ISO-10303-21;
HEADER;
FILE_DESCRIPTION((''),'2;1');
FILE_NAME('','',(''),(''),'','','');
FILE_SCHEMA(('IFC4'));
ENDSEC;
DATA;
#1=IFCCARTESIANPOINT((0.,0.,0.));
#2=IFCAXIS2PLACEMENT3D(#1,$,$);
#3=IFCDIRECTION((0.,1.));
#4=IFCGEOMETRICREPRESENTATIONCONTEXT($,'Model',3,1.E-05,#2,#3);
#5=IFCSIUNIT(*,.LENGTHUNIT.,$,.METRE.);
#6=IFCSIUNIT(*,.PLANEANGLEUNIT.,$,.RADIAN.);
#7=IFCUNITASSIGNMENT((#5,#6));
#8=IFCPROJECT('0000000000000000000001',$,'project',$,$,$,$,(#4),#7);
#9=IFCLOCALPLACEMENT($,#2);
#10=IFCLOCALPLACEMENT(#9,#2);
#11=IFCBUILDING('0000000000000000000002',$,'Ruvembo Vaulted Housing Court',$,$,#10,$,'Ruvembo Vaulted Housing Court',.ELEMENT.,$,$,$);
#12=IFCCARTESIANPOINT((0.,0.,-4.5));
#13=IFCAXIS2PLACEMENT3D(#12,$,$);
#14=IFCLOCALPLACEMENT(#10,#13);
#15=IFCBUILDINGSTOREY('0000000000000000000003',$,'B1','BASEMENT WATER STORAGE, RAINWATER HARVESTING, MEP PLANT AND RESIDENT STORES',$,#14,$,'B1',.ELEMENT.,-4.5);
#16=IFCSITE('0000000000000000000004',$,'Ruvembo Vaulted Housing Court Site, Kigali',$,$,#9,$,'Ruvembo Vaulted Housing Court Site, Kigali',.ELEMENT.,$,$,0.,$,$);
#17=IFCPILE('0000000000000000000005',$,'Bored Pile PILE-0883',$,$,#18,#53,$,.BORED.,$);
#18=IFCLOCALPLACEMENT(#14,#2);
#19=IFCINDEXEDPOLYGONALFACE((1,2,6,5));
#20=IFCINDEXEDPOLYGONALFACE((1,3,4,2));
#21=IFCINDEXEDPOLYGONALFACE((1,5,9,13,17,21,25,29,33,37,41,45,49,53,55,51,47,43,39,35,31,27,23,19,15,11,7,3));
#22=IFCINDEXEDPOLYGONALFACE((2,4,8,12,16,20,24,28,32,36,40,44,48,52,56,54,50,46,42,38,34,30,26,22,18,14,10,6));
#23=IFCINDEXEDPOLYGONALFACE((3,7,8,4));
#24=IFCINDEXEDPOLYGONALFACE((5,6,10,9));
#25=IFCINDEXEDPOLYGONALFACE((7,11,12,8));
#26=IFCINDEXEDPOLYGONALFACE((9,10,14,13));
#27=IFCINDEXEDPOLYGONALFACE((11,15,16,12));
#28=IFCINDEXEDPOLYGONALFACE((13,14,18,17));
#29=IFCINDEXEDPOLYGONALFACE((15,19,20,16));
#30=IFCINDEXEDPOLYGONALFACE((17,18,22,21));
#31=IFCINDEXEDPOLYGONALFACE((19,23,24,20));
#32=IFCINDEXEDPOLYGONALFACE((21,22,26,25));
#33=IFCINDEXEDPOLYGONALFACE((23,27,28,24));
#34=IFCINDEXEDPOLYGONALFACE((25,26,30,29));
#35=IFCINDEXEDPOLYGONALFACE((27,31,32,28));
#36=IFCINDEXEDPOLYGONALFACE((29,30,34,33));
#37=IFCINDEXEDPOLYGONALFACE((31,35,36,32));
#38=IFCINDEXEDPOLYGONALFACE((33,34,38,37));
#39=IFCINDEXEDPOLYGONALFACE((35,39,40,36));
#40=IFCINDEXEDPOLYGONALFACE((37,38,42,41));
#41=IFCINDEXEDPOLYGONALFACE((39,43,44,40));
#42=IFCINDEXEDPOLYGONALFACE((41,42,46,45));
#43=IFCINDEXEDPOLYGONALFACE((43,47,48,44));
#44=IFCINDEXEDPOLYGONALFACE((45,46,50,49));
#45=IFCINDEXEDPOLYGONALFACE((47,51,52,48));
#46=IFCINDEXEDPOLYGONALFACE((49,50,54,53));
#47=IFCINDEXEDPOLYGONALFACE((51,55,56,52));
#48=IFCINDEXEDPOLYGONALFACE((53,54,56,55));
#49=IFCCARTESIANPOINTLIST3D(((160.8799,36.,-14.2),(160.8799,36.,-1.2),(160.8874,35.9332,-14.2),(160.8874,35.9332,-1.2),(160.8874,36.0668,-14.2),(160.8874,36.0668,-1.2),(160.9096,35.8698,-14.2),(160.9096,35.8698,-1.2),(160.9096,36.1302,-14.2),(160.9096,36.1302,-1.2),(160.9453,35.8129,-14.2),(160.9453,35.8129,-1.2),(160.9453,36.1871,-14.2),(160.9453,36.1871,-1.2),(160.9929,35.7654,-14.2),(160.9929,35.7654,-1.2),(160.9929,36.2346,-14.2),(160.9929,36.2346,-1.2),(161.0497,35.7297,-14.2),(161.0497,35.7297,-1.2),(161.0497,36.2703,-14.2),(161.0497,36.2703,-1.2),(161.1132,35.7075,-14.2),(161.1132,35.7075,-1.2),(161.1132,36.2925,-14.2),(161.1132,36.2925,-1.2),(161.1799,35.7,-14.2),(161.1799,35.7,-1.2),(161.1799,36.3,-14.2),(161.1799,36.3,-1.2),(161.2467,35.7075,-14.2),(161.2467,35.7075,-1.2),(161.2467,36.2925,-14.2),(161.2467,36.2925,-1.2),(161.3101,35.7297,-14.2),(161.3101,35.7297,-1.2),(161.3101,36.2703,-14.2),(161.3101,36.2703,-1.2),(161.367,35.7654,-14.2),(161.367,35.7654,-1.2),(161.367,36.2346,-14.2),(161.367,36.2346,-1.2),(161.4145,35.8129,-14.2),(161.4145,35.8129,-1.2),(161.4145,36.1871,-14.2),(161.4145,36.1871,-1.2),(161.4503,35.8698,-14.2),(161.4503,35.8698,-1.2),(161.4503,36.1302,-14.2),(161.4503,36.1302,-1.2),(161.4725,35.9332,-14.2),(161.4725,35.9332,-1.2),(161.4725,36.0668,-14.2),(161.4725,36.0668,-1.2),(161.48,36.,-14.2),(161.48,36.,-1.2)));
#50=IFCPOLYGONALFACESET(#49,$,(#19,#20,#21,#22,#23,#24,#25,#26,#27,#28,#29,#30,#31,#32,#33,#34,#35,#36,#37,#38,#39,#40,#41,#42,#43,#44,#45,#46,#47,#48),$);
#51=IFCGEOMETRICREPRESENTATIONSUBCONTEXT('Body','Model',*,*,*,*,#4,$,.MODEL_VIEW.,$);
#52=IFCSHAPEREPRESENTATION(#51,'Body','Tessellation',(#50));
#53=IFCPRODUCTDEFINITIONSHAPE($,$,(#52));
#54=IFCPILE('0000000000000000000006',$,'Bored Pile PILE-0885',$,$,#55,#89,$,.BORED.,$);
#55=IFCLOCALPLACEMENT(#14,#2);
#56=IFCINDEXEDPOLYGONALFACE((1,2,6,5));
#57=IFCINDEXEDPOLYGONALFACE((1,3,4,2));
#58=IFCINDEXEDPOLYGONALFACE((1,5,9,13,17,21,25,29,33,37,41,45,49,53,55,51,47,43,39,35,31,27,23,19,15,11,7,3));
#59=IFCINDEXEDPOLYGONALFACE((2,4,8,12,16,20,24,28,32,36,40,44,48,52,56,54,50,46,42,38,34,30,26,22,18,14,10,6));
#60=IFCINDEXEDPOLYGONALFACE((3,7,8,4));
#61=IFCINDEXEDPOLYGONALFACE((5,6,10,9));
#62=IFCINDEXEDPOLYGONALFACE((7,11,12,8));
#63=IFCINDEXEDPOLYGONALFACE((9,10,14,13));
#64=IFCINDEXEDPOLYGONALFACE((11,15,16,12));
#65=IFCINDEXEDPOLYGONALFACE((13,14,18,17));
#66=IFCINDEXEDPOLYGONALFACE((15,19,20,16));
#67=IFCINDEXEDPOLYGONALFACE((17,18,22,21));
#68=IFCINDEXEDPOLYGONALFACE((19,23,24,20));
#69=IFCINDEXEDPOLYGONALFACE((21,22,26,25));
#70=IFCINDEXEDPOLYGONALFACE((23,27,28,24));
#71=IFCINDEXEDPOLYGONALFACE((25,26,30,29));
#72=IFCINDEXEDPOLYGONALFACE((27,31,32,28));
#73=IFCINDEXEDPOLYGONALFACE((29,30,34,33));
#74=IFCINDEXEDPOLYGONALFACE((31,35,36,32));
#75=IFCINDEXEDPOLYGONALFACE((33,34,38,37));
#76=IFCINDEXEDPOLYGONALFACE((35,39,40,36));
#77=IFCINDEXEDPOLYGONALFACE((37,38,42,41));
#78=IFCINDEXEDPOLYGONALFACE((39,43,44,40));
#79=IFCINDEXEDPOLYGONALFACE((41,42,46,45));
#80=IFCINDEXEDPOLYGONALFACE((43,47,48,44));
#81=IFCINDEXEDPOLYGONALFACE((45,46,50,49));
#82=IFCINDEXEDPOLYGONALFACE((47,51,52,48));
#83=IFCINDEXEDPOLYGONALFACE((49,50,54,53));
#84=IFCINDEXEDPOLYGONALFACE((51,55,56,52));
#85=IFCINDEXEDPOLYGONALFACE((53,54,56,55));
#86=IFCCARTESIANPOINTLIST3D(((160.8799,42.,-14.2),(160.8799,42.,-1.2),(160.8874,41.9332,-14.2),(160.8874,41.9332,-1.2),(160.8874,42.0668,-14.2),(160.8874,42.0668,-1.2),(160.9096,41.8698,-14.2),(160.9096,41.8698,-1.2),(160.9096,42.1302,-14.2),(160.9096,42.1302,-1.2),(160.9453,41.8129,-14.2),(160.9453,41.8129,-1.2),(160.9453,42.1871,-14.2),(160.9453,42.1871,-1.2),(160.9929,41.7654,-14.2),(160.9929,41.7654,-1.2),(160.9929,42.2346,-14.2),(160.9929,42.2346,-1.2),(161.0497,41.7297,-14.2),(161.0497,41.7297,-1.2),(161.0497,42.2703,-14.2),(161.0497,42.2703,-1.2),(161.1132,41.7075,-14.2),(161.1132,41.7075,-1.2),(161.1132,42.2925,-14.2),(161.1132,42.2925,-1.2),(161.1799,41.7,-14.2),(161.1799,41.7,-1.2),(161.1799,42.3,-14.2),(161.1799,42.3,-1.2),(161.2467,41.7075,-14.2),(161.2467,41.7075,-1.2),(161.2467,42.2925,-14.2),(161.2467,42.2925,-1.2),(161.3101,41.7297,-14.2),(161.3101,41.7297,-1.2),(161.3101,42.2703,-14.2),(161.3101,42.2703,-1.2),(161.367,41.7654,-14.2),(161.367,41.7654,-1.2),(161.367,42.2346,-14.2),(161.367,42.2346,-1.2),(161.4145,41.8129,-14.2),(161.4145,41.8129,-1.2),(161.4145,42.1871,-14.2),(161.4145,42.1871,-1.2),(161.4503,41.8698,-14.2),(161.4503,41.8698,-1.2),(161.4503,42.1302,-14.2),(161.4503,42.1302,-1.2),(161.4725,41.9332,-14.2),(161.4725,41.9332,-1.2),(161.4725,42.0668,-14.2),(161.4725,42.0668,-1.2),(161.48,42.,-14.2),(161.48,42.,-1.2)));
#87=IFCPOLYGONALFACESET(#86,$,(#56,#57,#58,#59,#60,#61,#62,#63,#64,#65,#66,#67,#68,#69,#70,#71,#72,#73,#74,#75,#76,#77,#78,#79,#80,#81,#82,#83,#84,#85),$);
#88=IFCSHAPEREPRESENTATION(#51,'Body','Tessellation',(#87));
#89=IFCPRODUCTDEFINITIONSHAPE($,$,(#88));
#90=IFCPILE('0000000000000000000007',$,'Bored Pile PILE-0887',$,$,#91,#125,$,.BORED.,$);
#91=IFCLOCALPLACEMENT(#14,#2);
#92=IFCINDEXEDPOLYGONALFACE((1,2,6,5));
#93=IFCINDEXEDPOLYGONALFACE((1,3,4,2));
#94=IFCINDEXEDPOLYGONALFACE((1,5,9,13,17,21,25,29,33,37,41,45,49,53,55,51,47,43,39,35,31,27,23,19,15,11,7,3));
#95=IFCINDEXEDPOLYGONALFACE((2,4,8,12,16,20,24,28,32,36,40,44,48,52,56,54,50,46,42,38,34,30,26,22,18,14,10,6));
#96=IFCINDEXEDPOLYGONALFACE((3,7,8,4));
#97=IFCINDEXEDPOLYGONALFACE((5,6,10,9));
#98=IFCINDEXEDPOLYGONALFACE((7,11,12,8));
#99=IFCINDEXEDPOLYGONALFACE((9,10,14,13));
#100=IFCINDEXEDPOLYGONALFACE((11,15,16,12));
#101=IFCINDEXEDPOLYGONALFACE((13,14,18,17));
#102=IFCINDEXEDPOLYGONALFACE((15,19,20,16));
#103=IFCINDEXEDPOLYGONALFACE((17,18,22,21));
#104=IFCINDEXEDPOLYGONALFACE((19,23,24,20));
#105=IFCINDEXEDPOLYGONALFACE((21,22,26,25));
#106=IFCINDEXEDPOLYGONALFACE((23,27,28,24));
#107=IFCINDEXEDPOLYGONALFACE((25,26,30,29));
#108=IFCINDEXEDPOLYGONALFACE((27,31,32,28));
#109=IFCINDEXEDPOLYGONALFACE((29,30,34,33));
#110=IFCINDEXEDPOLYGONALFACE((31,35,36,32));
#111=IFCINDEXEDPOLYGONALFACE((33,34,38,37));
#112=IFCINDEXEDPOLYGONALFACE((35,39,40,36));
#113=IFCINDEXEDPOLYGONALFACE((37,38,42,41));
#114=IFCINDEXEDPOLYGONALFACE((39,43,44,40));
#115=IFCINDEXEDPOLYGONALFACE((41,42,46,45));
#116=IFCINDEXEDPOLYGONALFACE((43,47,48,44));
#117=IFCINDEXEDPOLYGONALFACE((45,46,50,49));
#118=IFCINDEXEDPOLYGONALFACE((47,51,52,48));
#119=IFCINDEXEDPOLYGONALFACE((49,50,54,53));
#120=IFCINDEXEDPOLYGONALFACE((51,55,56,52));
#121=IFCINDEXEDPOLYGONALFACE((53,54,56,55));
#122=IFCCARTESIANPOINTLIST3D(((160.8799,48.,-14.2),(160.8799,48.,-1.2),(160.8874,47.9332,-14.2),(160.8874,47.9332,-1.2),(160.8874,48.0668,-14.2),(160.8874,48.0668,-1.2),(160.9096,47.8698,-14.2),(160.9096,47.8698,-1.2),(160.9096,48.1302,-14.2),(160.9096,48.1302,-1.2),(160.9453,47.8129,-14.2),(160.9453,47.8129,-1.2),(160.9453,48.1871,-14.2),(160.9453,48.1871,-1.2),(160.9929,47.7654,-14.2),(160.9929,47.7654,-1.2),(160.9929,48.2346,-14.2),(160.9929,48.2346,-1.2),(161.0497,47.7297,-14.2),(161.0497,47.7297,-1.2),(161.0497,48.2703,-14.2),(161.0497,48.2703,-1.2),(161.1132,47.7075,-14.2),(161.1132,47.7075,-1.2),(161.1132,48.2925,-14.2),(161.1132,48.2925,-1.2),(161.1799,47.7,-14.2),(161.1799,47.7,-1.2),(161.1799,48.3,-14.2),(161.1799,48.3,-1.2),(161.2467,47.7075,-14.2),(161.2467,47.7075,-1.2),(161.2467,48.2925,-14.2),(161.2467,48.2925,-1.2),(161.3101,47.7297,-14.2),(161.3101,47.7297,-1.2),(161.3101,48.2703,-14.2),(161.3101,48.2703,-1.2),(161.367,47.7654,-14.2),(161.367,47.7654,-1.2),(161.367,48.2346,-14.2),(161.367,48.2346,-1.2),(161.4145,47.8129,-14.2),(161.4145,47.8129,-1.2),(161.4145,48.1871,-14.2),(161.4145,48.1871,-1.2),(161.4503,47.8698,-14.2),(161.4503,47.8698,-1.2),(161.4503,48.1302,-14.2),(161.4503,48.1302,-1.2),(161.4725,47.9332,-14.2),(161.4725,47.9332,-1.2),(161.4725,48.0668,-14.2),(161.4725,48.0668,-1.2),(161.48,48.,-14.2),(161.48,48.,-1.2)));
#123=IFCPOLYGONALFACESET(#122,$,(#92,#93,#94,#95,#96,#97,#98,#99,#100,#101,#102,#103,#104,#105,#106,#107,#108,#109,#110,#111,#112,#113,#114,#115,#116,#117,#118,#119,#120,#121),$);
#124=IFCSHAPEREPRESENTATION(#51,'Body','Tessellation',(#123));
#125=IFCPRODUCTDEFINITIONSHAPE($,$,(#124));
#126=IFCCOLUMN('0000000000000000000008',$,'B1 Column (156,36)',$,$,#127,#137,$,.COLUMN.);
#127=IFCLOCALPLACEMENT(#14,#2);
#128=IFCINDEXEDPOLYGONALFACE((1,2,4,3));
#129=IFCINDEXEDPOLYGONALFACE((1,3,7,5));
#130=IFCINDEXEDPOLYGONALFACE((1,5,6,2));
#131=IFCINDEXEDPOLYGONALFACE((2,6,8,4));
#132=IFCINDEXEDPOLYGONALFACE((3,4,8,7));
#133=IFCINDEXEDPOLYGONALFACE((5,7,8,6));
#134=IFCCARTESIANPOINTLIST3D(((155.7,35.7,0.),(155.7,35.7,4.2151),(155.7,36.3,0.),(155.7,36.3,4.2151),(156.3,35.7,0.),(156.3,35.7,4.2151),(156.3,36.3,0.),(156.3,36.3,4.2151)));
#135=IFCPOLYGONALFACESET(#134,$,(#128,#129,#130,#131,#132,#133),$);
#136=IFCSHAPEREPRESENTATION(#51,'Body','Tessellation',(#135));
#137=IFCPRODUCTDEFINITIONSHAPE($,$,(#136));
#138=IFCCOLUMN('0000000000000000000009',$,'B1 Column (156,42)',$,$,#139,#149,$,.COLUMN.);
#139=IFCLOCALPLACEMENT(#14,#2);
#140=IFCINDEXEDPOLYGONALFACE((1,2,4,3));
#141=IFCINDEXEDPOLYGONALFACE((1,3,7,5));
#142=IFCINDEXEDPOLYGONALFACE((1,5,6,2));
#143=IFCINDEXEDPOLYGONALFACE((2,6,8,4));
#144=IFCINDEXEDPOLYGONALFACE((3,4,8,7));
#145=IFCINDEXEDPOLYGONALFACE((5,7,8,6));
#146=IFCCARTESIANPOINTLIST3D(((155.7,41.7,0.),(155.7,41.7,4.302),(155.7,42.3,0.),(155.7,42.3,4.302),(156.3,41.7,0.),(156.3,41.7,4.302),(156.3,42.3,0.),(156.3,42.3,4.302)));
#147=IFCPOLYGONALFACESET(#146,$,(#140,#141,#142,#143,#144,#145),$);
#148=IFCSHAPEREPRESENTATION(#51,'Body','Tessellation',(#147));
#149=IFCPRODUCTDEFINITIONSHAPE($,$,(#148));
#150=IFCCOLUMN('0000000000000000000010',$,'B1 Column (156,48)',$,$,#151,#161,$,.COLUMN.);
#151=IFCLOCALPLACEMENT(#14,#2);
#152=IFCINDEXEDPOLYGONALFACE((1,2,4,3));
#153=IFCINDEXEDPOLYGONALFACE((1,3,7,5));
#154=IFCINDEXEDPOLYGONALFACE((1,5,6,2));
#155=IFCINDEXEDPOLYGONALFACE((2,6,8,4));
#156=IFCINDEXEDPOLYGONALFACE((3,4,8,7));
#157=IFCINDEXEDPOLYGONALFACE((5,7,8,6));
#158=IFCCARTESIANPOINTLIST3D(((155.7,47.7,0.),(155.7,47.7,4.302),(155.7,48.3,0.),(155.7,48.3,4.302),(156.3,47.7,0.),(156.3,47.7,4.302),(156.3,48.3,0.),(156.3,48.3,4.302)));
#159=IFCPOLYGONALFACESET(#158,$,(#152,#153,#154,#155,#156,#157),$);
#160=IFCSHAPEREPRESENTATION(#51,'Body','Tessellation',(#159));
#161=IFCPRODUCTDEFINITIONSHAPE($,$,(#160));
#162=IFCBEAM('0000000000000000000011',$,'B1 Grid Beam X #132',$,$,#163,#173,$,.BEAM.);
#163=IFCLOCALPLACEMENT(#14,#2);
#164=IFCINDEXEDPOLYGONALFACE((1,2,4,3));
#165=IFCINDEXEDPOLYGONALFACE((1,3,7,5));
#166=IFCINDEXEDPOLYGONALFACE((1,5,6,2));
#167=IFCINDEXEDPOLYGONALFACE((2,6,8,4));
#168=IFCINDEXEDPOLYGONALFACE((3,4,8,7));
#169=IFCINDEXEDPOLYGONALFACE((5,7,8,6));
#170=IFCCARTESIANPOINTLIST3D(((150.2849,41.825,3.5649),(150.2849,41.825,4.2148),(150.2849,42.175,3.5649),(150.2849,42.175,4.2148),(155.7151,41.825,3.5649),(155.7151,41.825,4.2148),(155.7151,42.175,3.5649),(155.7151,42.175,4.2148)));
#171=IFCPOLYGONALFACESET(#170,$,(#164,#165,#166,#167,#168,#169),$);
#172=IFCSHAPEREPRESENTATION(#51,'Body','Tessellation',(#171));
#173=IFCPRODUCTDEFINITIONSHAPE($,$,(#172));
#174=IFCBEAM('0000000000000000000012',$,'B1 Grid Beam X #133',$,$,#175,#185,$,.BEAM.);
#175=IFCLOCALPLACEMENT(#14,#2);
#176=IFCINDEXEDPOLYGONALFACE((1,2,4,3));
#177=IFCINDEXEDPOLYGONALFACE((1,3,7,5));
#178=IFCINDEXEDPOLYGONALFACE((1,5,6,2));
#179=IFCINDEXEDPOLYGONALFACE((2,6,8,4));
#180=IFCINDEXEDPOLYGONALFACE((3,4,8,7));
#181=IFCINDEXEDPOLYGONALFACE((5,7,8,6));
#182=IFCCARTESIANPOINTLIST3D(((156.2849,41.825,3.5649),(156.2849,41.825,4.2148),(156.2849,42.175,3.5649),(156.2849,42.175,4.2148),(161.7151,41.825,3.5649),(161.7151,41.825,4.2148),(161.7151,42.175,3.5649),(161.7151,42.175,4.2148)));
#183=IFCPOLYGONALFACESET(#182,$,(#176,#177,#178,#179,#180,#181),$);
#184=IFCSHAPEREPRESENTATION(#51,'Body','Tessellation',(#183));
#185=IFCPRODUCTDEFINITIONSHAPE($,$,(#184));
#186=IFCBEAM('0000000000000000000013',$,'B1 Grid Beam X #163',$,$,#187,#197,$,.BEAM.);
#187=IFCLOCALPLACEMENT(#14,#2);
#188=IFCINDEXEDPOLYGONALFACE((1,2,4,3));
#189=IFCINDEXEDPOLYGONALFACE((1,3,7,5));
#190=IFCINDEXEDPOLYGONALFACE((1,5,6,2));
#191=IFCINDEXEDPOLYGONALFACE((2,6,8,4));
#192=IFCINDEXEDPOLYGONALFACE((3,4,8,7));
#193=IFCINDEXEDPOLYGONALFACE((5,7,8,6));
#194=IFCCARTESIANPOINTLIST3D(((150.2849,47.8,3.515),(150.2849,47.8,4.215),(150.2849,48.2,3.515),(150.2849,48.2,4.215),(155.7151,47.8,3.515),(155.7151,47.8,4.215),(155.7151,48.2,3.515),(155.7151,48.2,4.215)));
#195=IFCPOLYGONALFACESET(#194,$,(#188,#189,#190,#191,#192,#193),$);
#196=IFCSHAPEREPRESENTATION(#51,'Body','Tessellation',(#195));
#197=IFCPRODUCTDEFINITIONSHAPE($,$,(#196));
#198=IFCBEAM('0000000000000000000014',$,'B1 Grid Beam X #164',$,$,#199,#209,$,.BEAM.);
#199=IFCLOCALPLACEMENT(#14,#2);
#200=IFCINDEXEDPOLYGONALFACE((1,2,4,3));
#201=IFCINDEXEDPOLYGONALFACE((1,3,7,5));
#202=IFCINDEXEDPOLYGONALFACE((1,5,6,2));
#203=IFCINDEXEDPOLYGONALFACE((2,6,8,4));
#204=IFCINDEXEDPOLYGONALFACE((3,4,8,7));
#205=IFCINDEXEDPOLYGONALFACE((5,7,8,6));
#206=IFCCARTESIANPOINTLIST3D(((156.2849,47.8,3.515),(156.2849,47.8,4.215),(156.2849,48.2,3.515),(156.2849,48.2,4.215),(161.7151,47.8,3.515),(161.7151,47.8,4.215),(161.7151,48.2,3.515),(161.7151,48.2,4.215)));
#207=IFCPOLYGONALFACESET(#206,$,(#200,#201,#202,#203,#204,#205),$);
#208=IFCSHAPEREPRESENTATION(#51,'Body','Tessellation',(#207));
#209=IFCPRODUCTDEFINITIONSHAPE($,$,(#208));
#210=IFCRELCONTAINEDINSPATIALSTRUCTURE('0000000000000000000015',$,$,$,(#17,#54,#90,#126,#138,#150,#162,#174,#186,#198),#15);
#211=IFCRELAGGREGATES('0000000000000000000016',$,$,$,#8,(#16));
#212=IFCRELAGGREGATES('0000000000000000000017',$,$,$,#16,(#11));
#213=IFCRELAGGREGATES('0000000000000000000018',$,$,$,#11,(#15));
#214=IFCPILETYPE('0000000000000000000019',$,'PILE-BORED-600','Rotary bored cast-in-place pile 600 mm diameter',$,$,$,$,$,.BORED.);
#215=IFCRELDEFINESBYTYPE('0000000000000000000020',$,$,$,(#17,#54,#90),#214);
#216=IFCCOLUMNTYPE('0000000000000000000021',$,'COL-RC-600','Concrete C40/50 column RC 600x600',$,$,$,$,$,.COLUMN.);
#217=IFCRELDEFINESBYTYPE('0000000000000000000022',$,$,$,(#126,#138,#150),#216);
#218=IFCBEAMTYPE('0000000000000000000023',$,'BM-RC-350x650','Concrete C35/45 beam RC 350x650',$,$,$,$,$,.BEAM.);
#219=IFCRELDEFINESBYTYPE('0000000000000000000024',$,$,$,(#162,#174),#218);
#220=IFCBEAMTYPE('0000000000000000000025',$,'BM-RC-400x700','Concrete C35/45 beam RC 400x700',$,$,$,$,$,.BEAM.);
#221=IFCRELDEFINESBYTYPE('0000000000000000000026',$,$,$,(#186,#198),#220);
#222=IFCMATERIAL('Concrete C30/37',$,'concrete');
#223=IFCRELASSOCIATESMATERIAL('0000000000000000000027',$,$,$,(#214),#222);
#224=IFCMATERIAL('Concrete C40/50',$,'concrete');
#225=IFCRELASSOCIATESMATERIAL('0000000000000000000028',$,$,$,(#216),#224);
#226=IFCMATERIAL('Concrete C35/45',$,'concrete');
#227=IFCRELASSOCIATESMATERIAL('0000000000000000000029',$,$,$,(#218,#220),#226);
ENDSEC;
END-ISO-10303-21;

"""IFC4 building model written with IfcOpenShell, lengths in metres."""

from ifc_helpers import new_model, si_unit, direction, frame, origin, origin_2d, place, context, subcontext, project, spatial, rectangle, circle, extrude, material, material_profile, profile_set, type_object, element, save


model = new_model("IFC4")

# Units and contexts
model_context = context("Model", 3, precision=1e-05, world=origin(), true_north=direction((0.0, 1.0)))
body_context = subcontext(model_context, "Body", "Model", "MODEL_VIEW")
ifc_project = project(units=[si_unit("LENGTHUNIT", "METRE"), si_unit("PLANEANGLEUNIT", "RADIAN")], contexts=[model_context])

# Site, building, storey
site_placement = place(None, origin())
site = spatial("IfcSite", under=ifc_project, at=site_placement, Name="Ruvembo Vaulted Housing Court Site, Kigali", LongName="Ruvembo Vaulted Housing Court Site, Kigali", CompositionType="ELEMENT", RefElevation=0.0)
building_placement = place(site_placement, origin())
building = spatial("IfcBuilding", under=site, at=building_placement, Name="Ruvembo Vaulted Housing Court", LongName="Ruvembo Vaulted Housing Court", CompositionType="ELEMENT")
storey_placement = place(building_placement, frame((0.0, 0.0, -4.5)))
storey = spatial("IfcBuildingStorey", under=building, at=storey_placement, Name="B1", Description="BASEMENT WATER STORAGE, RAINWATER HARVESTING, MEP PLANT AND RESIDENT STORES", LongName="B1", CompositionType="ELEMENT", Elevation=-4.5)

# Shared definitions
ifc_material_1 = material(Name="Concrete C35/45", Category="concrete")

# Piles
ifc_material_2 = material(Name="Concrete C30/37", Category="concrete")
ifc_material_profile_1 = material_profile(ifc_material_2, circle(Radius=0.3, at=origin_2d()), Name="PILE D600")
ifc_profile_set_1 = profile_set([ifc_material_profile_1], Name="Concrete C30/37")
pile_type = type_object("IfcPileType", Name="PILE-BORED-600", Description="Rotary bored cast-in-place pile 600 mm diameter", PredefinedType="BORED", material=ifc_profile_set_1)
for number, where, z_axis, x_axis, name in (
    (1, (161.1799, 36.0, -1.2), (0.0, 0.0, -1.0), (1.0, 0.0, 0.0), "Bored Pile PILE-0883"),
    (2, (161.1799, 42.0, -1.2), (0.0, 0.0, -1.0), (1.0, 0.0, 0.0), "Bored Pile PILE-0885"),
    (3, (161.1799, 48.0, -1.2), (0.0, 0.0, -1.0), (1.0, 0.0, 0.0), "Bored Pile PILE-0887"),
):
    element("IfcPile", number, at=place(storey_placement, frame(where, z_axis=z_axis, x_axis=x_axis)), inside=storey, type_object=pile_type, Name=name, PredefinedType="BORED", context=body_context, shape_type="SweptSolid", body=[
        extrude(circle(Radius=0.3, at=origin_2d()), origin(), (0.0, 0.0, 1.0), 13.0),
    ])

# Columns
ifc_material_3 = material(Name="Concrete C40/50", Category="concrete")
ifc_material_profile_2 = material_profile(ifc_material_3, rectangle(XDim=0.6001, YDim=0.6001, at=origin_2d()), Name="RC 600x600")
ifc_profile_set_2 = profile_set([ifc_material_profile_2], Name="Concrete C40/50")
column_type = type_object("IfcColumnType", Name="COL-RC-600", Description="Concrete C40/50 column RC 600x600", PredefinedType="COLUMN", material=ifc_profile_set_2)
column_placement = place(storey_placement, frame((156.0, 36.0, 0.0), z_axis=(0.0, 0.0, 1.0), x_axis=(1.0, 0.0, 0.0)))
element("IfcColumn", 4, at=column_placement, inside=storey, type_object=column_type, Name="B1 Column (156,36)", PredefinedType="COLUMN", context=body_context, shape_type="SweptSolid", body=[
    extrude(rectangle(XDim=0.6001, YDim=0.6001, at=origin_2d()), origin(), (0.0, 0.0, 1.0), 4.2151),
])
for number, where, z_axis, x_axis, name in (
    (5, (156.0, 42.0, 0.0), (0.0, 0.0, 1.0), (1.0, 0.0, 0.0), "B1 Column (156,42)"),
    (6, (156.0, 48.0, 0.0), (0.0, 0.0, 1.0), (1.0, 0.0, 0.0), "B1 Column (156,48)"),
):
    element("IfcColumn", number, at=place(storey_placement, frame(where, z_axis=z_axis, x_axis=x_axis)), inside=storey, type_object=column_type, Name=name, PredefinedType="COLUMN", context=body_context, shape_type="SweptSolid", body=[
        extrude(rectangle(XDim=0.6001, YDim=0.6001, at=origin_2d()), origin(), (0.0, 0.0, 1.0), 4.302),
    ])

# Beams
ifc_material_profile_3 = material_profile(ifc_material_1, rectangle(XDim=0.3501, YDim=0.6499, at=origin_2d()), Name="RC 350x650")
ifc_profile_set_3 = profile_set([ifc_material_profile_3], Name="Concrete C35/45")
beam_type_1 = type_object("IfcBeamType", Name="BM-RC-350x650", Description="Concrete C35/45 beam RC 350x650", PredefinedType="BEAM", material=ifc_profile_set_3)
for number, where, z_axis, x_axis, name in (
    (7, (150.2849, 42.0, 3.8899), (1.0, 0.0, 0.0), (0.0, 1.0, 0.0), "B1 Grid Beam X #132"),
    (8, (156.2849, 42.0, 3.8899), (1.0, 0.0, 0.0), (0.0, 1.0, 0.0), "B1 Grid Beam X #133"),
):
    element("IfcBeam", number, at=place(storey_placement, frame(where, z_axis=z_axis, x_axis=x_axis)), inside=storey, type_object=beam_type_1, Name=name, PredefinedType="BEAM", context=body_context, shape_type="SweptSolid", body=[
        extrude(rectangle(XDim=0.3501, YDim=0.6499, at=origin_2d()), origin(), (0.0, 0.0, 1.0), 5.4302),
    ])
ifc_material_profile_4 = material_profile(ifc_material_1, rectangle(XDim=0.3999, YDim=0.7, at=origin_2d()), Name="RC 400x700")
ifc_profile_set_4 = profile_set([ifc_material_profile_4], Name="Concrete C35/45")
beam_type_2 = type_object("IfcBeamType", Name="BM-RC-400x700", Description="Concrete C35/45 beam RC 400x700", PredefinedType="BEAM", material=ifc_profile_set_4)
for number, where, z_axis, x_axis, name in (
    (9, (150.2849, 48.0, 3.865), (1.0, 0.0, 0.0), (0.0, 1.0, 0.0), "B1 Grid Beam X #163"),
    (10, (156.2849, 48.0, 3.865), (1.0, 0.0, 0.0), (0.0, 1.0, 0.0), "B1 Grid Beam X #164"),
):
    element("IfcBeam", number, at=place(storey_placement, frame(where, z_axis=z_axis, x_axis=x_axis)), inside=storey, type_object=beam_type_2, Name=name, PredefinedType="BEAM", context=body_context, shape_type="SweptSolid", body=[
        extrude(rectangle(XDim=0.3999, YDim=0.7, at=origin_2d()), origin(), (0.0, 0.0, 1.0), 5.4302),
    ])

save(model, "model.ifc")
